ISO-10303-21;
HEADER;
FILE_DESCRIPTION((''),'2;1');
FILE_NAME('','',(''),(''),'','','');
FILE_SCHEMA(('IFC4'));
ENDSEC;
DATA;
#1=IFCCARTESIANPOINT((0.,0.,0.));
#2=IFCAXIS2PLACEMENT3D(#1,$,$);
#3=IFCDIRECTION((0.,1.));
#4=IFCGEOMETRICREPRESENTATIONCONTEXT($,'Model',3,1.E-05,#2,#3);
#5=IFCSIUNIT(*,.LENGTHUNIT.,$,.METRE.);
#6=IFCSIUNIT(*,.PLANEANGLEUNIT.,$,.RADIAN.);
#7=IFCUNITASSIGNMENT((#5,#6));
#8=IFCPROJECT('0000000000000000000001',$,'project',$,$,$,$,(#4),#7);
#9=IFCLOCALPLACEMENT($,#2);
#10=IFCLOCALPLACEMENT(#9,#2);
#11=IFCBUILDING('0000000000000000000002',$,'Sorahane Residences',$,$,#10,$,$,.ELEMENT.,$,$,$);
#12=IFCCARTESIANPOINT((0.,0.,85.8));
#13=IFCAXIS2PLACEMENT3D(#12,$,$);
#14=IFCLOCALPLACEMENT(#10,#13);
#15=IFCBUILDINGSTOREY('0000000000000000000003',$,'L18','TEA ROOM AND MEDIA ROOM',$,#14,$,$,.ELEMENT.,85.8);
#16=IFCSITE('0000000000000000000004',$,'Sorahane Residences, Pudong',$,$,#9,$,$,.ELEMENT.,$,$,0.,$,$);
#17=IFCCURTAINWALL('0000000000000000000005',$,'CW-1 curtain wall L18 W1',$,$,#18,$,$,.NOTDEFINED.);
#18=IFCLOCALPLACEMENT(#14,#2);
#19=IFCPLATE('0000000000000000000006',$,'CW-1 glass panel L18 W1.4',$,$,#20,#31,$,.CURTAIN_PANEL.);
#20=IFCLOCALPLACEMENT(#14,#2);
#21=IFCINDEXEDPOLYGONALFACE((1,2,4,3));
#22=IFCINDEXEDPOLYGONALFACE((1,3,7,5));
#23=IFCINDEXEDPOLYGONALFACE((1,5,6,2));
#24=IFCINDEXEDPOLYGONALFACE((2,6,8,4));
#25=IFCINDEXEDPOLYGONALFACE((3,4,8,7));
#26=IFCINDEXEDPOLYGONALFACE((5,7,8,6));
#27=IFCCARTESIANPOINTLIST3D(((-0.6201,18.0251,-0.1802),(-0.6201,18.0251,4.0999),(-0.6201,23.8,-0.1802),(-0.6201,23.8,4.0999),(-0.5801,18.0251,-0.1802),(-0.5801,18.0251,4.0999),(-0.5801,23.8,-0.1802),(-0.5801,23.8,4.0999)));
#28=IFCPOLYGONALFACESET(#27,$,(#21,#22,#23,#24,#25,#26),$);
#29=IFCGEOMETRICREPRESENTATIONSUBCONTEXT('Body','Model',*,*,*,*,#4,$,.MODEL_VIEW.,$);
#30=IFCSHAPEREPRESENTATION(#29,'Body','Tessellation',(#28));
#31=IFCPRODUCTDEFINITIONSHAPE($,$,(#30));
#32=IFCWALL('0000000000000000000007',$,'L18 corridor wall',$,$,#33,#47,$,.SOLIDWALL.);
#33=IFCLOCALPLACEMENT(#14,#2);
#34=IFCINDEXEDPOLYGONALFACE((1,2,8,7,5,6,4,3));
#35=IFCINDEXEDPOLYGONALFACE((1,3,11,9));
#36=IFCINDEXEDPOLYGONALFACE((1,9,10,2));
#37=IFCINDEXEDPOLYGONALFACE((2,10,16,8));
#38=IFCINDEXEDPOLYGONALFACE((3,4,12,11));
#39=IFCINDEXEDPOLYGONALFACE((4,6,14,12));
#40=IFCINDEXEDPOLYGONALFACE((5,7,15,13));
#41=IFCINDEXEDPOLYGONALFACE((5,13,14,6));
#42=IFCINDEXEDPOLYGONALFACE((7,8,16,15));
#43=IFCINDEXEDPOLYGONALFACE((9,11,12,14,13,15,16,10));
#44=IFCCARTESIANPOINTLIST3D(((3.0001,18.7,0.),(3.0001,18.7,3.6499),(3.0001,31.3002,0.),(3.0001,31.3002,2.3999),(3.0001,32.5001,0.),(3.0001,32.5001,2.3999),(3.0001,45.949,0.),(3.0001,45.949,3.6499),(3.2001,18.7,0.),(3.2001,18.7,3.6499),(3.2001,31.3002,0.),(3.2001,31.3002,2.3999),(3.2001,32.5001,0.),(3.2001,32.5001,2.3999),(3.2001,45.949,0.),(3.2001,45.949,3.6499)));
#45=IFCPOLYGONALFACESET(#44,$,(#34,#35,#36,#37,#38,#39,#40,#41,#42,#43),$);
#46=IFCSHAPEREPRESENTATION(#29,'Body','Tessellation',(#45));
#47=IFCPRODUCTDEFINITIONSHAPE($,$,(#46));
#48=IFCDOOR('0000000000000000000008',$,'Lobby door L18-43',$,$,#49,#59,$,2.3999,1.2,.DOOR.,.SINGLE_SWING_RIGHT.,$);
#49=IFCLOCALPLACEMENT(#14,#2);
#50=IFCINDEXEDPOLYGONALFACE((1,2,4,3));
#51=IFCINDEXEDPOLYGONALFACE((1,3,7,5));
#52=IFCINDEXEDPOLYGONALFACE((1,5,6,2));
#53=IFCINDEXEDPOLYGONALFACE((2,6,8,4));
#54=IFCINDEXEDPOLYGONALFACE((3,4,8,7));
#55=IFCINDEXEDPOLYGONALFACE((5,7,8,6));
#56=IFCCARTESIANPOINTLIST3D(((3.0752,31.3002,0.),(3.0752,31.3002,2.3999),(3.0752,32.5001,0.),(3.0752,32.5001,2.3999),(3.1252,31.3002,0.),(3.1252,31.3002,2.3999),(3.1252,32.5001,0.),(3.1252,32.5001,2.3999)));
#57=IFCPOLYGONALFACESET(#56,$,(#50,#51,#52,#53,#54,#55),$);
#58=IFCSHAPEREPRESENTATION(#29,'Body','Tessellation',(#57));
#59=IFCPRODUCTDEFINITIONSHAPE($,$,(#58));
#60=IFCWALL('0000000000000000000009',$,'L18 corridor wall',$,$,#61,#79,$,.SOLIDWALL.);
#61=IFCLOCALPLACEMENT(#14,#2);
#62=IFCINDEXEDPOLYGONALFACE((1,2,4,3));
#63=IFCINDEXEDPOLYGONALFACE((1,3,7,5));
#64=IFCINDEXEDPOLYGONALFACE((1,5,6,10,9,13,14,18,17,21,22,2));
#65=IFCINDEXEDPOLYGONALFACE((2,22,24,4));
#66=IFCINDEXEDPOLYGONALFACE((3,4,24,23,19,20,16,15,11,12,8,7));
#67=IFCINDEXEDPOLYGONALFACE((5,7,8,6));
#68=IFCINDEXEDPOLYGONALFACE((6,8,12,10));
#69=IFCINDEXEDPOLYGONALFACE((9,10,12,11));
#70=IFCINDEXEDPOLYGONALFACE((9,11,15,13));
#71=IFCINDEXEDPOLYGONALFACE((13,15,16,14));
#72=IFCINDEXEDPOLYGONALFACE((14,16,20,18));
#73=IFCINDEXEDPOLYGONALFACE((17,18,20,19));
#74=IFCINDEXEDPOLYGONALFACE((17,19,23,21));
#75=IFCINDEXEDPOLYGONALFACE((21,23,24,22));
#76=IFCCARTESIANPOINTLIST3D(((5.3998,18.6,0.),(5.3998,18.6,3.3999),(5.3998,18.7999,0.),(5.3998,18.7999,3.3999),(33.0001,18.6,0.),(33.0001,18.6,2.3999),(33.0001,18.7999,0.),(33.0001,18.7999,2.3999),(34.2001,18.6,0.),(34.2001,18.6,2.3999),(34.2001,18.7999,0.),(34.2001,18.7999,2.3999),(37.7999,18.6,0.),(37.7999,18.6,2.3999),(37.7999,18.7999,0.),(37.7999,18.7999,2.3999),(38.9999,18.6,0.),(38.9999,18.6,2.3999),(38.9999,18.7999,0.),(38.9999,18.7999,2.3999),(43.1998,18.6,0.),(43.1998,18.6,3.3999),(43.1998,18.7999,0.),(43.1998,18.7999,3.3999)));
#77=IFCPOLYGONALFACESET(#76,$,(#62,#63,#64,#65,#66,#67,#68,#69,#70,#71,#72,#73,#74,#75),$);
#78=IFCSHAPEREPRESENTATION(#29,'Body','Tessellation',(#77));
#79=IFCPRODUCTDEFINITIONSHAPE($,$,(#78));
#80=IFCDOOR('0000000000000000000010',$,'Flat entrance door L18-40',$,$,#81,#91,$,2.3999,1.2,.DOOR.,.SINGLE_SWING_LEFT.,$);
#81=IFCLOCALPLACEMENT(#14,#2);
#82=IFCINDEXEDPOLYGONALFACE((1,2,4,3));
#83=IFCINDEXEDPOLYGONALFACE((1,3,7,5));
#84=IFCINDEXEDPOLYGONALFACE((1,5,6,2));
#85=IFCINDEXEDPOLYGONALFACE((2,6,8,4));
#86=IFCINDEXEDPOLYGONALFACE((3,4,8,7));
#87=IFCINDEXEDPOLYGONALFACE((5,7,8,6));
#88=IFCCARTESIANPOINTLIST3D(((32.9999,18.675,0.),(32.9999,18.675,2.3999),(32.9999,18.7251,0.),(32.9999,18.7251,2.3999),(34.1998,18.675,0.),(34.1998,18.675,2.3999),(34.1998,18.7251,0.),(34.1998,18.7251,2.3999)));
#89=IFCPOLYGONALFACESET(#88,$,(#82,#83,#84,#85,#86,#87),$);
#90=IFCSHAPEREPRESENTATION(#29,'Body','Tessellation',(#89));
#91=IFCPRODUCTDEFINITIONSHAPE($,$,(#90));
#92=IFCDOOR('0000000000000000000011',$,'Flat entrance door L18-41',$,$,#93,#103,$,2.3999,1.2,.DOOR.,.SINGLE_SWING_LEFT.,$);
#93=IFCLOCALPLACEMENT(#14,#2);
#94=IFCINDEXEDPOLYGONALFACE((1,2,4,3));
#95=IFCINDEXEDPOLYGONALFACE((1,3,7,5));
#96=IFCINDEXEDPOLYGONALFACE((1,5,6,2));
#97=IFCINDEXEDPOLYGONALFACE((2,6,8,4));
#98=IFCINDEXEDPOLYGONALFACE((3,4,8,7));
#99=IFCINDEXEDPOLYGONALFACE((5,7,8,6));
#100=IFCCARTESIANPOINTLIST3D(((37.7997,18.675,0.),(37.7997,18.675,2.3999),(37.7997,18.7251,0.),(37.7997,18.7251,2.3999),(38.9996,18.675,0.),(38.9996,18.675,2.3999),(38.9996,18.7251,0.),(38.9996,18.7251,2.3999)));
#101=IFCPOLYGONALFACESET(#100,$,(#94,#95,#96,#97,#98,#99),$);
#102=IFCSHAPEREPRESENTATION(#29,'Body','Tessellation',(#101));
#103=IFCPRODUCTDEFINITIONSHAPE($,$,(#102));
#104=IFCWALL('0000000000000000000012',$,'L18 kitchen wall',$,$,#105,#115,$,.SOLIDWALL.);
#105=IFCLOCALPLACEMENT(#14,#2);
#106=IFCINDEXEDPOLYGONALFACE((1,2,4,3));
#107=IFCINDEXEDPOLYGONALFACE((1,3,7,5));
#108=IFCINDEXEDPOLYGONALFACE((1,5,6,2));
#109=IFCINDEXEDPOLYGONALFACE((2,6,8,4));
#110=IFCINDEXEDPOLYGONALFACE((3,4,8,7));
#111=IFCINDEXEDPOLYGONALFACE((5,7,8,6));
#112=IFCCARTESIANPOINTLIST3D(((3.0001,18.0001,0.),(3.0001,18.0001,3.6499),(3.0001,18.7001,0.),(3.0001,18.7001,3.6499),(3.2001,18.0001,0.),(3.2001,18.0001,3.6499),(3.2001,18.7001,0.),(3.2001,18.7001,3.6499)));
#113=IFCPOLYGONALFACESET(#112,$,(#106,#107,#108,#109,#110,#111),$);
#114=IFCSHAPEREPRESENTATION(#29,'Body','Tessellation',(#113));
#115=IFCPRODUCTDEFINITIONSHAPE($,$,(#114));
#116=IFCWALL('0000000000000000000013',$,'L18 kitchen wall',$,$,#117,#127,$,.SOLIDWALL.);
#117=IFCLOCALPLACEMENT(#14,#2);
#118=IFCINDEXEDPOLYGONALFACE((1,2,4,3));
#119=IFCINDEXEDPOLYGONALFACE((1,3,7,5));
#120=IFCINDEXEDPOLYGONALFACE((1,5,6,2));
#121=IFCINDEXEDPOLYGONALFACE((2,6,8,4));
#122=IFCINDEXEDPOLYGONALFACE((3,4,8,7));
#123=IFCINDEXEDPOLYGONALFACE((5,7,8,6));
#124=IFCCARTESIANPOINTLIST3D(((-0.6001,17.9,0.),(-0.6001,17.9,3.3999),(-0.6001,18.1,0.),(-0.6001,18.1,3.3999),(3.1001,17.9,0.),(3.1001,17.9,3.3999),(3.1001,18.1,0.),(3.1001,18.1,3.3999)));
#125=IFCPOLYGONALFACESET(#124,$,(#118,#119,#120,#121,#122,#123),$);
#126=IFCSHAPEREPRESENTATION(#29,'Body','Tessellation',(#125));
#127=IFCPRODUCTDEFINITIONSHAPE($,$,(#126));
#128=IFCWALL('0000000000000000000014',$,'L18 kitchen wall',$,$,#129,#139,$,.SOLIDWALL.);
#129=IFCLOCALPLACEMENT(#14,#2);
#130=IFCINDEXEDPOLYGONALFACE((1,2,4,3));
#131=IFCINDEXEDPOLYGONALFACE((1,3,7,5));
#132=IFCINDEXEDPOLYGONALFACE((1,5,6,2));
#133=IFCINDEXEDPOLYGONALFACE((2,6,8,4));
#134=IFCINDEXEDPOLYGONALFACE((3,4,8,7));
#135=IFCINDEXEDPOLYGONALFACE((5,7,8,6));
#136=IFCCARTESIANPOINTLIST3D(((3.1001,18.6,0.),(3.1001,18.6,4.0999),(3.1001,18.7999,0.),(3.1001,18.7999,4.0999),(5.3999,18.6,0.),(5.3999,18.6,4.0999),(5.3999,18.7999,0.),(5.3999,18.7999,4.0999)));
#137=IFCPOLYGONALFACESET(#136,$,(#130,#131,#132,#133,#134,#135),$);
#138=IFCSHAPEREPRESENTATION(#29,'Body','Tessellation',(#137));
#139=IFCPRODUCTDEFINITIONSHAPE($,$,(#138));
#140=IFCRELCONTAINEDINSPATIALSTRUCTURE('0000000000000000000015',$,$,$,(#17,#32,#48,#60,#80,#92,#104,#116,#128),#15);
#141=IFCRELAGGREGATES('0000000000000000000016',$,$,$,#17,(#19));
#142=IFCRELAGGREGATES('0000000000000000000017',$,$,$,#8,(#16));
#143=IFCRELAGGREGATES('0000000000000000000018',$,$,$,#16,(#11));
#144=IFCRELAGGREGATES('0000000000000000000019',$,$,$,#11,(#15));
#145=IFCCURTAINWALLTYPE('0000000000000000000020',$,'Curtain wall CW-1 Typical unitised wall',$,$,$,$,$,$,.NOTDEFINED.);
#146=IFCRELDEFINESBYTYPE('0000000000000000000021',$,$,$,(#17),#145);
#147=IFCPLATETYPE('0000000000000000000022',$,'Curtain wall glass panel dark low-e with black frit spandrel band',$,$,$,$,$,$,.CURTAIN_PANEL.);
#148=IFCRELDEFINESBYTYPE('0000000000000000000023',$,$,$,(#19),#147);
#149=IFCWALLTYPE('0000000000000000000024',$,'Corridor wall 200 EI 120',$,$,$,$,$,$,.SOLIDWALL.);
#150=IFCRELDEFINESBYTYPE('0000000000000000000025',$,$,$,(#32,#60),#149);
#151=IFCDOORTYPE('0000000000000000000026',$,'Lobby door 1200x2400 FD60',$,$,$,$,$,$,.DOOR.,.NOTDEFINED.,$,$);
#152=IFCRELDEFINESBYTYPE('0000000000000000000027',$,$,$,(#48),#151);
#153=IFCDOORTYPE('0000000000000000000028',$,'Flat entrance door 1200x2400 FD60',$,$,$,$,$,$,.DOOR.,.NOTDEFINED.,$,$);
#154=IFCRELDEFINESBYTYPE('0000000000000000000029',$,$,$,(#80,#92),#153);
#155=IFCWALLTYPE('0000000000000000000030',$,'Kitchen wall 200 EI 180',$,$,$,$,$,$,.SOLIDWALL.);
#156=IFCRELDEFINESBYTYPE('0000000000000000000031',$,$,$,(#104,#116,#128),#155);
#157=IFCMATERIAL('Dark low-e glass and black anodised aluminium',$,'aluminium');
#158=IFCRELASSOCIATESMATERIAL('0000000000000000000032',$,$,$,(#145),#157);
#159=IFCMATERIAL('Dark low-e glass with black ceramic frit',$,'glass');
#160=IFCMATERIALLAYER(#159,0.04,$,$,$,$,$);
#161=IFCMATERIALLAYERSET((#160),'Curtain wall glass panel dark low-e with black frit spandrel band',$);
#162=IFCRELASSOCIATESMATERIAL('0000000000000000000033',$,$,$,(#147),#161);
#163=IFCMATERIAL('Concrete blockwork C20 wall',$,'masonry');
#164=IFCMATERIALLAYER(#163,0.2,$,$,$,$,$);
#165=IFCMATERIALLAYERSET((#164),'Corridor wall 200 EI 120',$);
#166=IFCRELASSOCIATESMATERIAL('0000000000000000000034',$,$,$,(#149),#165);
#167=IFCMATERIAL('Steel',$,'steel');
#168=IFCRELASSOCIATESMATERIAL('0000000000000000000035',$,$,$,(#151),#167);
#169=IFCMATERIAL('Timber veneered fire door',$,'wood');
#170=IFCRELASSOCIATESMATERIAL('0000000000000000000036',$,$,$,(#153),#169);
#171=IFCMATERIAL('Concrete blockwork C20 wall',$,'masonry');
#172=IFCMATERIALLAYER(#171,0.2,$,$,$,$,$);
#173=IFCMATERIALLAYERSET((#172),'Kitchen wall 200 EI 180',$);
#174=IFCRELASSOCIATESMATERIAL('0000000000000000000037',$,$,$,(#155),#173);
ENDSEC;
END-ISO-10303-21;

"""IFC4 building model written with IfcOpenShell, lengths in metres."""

from ifc_helpers import new_model, si_unit, direction, frame, frame_2d, origin, origin_2d, place, context, subcontext, project, spatial, rectangle, extrude, material, layer, layer_set, type_object, element, fill, aggregate, save


model = new_model("IFC4")

# Units and contexts
model_context = context("Model", 3, precision=1e-05, world=origin(), true_north=direction((0.0, 1.0)))
body_context = subcontext(model_context, "Body", "Model", "MODEL_VIEW")
ifc_project = project(units=[si_unit("LENGTHUNIT", "METRE"), si_unit("PLANEANGLEUNIT", "RADIAN")], contexts=[model_context])

# Site, building, storey
site_placement = place(None, origin())
site = spatial("IfcSite", under=ifc_project, at=site_placement, Name="Sorahane Residences, Pudong", CompositionType="ELEMENT", RefElevation=0.0)
building_placement = place(site_placement, origin())
building = spatial("IfcBuilding", under=site, at=building_placement, Name="Sorahane Residences", CompositionType="ELEMENT")
storey_placement = place(building_placement, frame((0.0, 0.0, 85.8)))
storey = spatial("IfcBuildingStorey", under=building, at=storey_placement, Name="L18", Description="TEA ROOM AND MEDIA ROOM", CompositionType="ELEMENT", Elevation=85.8)

# Curtain wall
ifc_material_1 = material(Name="Dark low-e glass and black anodised aluminium", Category="aluminium")
curtain_wall_type = type_object("IfcCurtainWallType", Name="Curtain wall CW-1 Typical unitised wall", PredefinedType="NOTDEFINED", material=ifc_material_1)
curtain_wall_placement = place(storey_placement, origin())
curtain_wall = element("IfcCurtainWall", 1, at=curtain_wall_placement, inside=storey, type_object=curtain_wall_type, Name="CW-1 curtain wall L18 W1", PredefinedType="NOTDEFINED")

# Plate
ifc_material_2 = material(Name="Dark low-e glass with black ceramic frit", Category="glass")
ifc_layer_1 = layer(ifc_material_2, 0.04)
ifc_layer_set_1 = layer_set([ifc_layer_1], Name="Curtain wall glass panel dark low-e with black frit spandrel band")
plate_type = type_object("IfcPlateType", Name="Curtain wall glass panel dark low-e with black frit spandrel band", PredefinedType="CURTAIN_PANEL", material=ifc_layer_set_1)
plate_placement = place(storey_placement, frame((-0.6001, 20.9126, -0.1802), z_axis=(0.0, 0.0, 1.0), x_axis=(0.0, -1.0, 0.0)))
plate = element("IfcPlate", 2, at=plate_placement, type_object=plate_type, Name="CW-1 glass panel L18 W1.4", PredefinedType="CURTAIN_PANEL", context=body_context, shape_type="SweptSolid", body=[
    extrude(rectangle(XDim=5.7749, YDim=0.04, at=origin_2d()), origin(), (0.0, 0.0, 1.0), 4.28),
])
aggregate(curtain_wall, [plate])

# Wall, opening, door
ifc_material_3 = material(Name="Concrete blockwork C20 wall", Category="masonry")
ifc_layer_2 = layer(ifc_material_3, 0.2)
ifc_layer_set_2 = layer_set([ifc_layer_2], Name="Corridor wall 200 EI 120")
wall_type_1 = type_object("IfcWallType", Name="Corridor wall 200 EI 120", PredefinedType="SOLIDWALL", material=ifc_layer_set_2)
wall_1_placement = place(storey_placement, frame((3.1001, 18.7, 0.0), z_axis=(0.0, 0.0, 1.0), x_axis=(0.0, 1.0, 0.0)))
wall_1 = element("IfcWall", 3, at=wall_1_placement, inside=storey, type_object=wall_type_1, Name="L18 corridor wall", PredefinedType="SOLIDWALL", context=body_context, shape_type="SweptSolid", body=[
    extrude(rectangle(XDim=27.249, YDim=0.2, at=frame_2d((13.6245, 0.0))), origin(), (0.0, 0.0, 1.0), 3.6499),
])
opening_1_placement = place(wall_1_placement, frame((12.6001, 0.0, 0.0)))
opening_1 = element("IfcOpeningElement", 4, at=opening_1_placement, cuts=wall_1, PredefinedType="OPENING", context=body_context, shape_type="SweptSolid", body=[
    extrude(rectangle(XDim=1.2, YDim=2.3999, at=frame_2d((0.6001, 1.2))), frame((0.0, 0.1099, 0.0), z_axis=(0.0, -1.0, 0.0), x_axis=(1.0, 0.0, 0.0)), (0.0, 0.0, 1.0), 0.22),
])
ifc_material_4 = material(Name="Steel", Category="steel")
door_type_1 = type_object("IfcDoorType", Name="Lobby door 1200x2400 FD60", OperationType="NOTDEFINED", PredefinedType="DOOR", material=ifc_material_4)
door_1_placement = place(opening_1_placement, origin())
door_1 = element("IfcDoor", 5, at=door_1_placement, inside=storey, type_object=door_type_1, Name="Lobby door L18-43", OperationType="SINGLE_SWING_RIGHT", OverallHeight=2.3999, OverallWidth=1.2, PredefinedType="DOOR", context=body_context, shape_type="SweptSolid", body=[
    extrude(rectangle(XDim=1.2, YDim=2.3999, at=frame_2d((0.6001, 1.2))), frame((0.0, 0.0249, 0.0), z_axis=(0.0, -1.0, 0.0), x_axis=(1.0, 0.0, 0.0)), (0.0, 0.0, 1.0), 0.05),
])
fill(opening_1, door_1)

# Wall, openings, doors
wall_2_placement = place(storey_placement, frame((5.3999, 18.7, 0.0), z_axis=(0.0, 0.0, 1.0), x_axis=(1.0, 0.0, 0.0)))
wall_2 = element("IfcWall", 6, at=wall_2_placement, inside=storey, type_object=wall_type_1, Name="L18 corridor wall", PredefinedType="SOLIDWALL", context=body_context, shape_type="SweptSolid", body=[
    extrude(rectangle(XDim=37.8, YDim=0.2, at=frame_2d((18.8999, 0.0))), origin(), (0.0, 0.0, 1.0), 3.3999),
])
opening_2_placement = place(wall_2_placement, frame((27.6001, 0.0, 0.0)))
opening_2 = element("IfcOpeningElement", 7, at=opening_2_placement, cuts=wall_2, PredefinedType="OPENING", context=body_context, shape_type="SweptSolid", body=[
    extrude(rectangle(XDim=1.2, YDim=2.3999, at=frame_2d((0.6001, 1.2))), frame((0.0, 0.1099, 0.0), z_axis=(0.0, -1.0, 0.0), x_axis=(1.0, 0.0, 0.0)), (0.0, 0.0, 1.0), 0.22),
])
opening_3_placement = place(wall_2_placement, frame((32.3999, 0.0, 0.0)))
opening_3 = element("IfcOpeningElement", 8, at=opening_3_placement, cuts=wall_2, PredefinedType="OPENING", context=body_context, shape_type="SweptSolid", body=[
    extrude(rectangle(XDim=1.2, YDim=2.3999, at=frame_2d((0.6001, 1.2))), frame((0.0, 0.1099, 0.0), z_axis=(0.0, -1.0, 0.0), x_axis=(1.0, 0.0, 0.0)), (0.0, 0.0, 1.0), 0.22),
])
ifc_material_5 = material(Name="Timber veneered fire door", Category="wood")
door_type_2 = type_object("IfcDoorType", Name="Flat entrance door 1200x2400 FD60", OperationType="NOTDEFINED", PredefinedType="DOOR", material=ifc_material_5)
door_2_placement = place(opening_2_placement, frame((1.2, 0.0, 0.0), z_axis=(0.0, 0.0, 1.0), x_axis=(-1.0, 0.0, 0.0)))
door_2 = element("IfcDoor", 9, at=door_2_placement, inside=storey, type_object=door_type_2, Name="Flat entrance door L18-40", OperationType="SINGLE_SWING_LEFT", OverallHeight=2.3999, OverallWidth=1.2, PredefinedType="DOOR", context=body_context, shape_type="SweptSolid", body=[
    extrude(rectangle(XDim=1.2, YDim=2.3999, at=frame_2d((0.6001, 1.2))), frame((0.0, 0.0249, 0.0), z_axis=(0.0, -1.0, 0.0), x_axis=(1.0, 0.0, 0.0)), (0.0, 0.0, 1.0), 0.05),
])
fill(opening_2, door_2)
door_3_placement = place(opening_3_placement, frame((1.2, 0.0, 0.0), z_axis=(0.0, 0.0, 1.0), x_axis=(-1.0, 0.0, 0.0)))
door_3 = element("IfcDoor", 10, at=door_3_placement, inside=storey, type_object=door_type_2, Name="Flat entrance door L18-41", OperationType="SINGLE_SWING_LEFT", OverallHeight=2.3999, OverallWidth=1.2, PredefinedType="DOOR", context=body_context, shape_type="SweptSolid", body=[
    extrude(rectangle(XDim=1.2, YDim=2.3999, at=frame_2d((0.6001, 1.2))), frame((0.0, 0.0249, 0.0), z_axis=(0.0, -1.0, 0.0), x_axis=(1.0, 0.0, 0.0)), (0.0, 0.0, 1.0), 0.05),
])
fill(opening_3, door_3)

# Walls
ifc_material_6 = material(Name="Concrete blockwork C20 wall", Category="masonry")
ifc_layer_3 = layer(ifc_material_6, 0.2)
ifc_layer_set_3 = layer_set([ifc_layer_3], Name="Kitchen wall 200 EI 180")
wall_type_2 = type_object("IfcWallType", Name="Kitchen wall 200 EI 180", PredefinedType="SOLIDWALL", material=ifc_layer_set_3)
wall_3_placement = place(storey_placement, frame((3.1001, 18.0, 0.0), z_axis=(0.0, 0.0, 1.0), x_axis=(0.0, 1.0, 0.0)))
element("IfcWall", 11, at=wall_3_placement, inside=storey, type_object=wall_type_2, Name="L18 kitchen wall", PredefinedType="SOLIDWALL", context=body_context, shape_type="SweptSolid", body=[
    extrude(rectangle(XDim=0.7, YDim=0.2, at=frame_2d((0.3501, 0.0))), origin(), (0.0, 0.0, 1.0), 3.6499),
])
wall_4_placement = place(storey_placement, frame((-0.6001, 18.0, 0.0), z_axis=(0.0, 0.0, 1.0), x_axis=(1.0, 0.0, 0.0)))
element("IfcWall", 12, at=wall_4_placement, inside=storey, type_object=wall_type_2, Name="L18 kitchen wall", PredefinedType="SOLIDWALL", context=body_context, shape_type="SweptSolid", body=[
    extrude(rectangle(XDim=3.7002, YDim=0.2, at=frame_2d((1.8501, 0.0))), origin(), (0.0, 0.0, 1.0), 3.3999),
])
wall_5_placement = place(storey_placement, frame((3.1001, 18.7, 0.0), z_axis=(0.0, 0.0, 1.0), x_axis=(1.0, 0.0, 0.0)))
element("IfcWall", 13, at=wall_5_placement, inside=storey, type_object=wall_type_2, Name="L18 kitchen wall", PredefinedType="SOLIDWALL", context=body_context, shape_type="SweptSolid", body=[
    extrude(rectangle(XDim=2.2998, YDim=0.2, at=frame_2d((1.1499, 0.0))), origin(), (0.0, 0.0, 1.0), 4.0999),
])

save(model, "model.ifc")
